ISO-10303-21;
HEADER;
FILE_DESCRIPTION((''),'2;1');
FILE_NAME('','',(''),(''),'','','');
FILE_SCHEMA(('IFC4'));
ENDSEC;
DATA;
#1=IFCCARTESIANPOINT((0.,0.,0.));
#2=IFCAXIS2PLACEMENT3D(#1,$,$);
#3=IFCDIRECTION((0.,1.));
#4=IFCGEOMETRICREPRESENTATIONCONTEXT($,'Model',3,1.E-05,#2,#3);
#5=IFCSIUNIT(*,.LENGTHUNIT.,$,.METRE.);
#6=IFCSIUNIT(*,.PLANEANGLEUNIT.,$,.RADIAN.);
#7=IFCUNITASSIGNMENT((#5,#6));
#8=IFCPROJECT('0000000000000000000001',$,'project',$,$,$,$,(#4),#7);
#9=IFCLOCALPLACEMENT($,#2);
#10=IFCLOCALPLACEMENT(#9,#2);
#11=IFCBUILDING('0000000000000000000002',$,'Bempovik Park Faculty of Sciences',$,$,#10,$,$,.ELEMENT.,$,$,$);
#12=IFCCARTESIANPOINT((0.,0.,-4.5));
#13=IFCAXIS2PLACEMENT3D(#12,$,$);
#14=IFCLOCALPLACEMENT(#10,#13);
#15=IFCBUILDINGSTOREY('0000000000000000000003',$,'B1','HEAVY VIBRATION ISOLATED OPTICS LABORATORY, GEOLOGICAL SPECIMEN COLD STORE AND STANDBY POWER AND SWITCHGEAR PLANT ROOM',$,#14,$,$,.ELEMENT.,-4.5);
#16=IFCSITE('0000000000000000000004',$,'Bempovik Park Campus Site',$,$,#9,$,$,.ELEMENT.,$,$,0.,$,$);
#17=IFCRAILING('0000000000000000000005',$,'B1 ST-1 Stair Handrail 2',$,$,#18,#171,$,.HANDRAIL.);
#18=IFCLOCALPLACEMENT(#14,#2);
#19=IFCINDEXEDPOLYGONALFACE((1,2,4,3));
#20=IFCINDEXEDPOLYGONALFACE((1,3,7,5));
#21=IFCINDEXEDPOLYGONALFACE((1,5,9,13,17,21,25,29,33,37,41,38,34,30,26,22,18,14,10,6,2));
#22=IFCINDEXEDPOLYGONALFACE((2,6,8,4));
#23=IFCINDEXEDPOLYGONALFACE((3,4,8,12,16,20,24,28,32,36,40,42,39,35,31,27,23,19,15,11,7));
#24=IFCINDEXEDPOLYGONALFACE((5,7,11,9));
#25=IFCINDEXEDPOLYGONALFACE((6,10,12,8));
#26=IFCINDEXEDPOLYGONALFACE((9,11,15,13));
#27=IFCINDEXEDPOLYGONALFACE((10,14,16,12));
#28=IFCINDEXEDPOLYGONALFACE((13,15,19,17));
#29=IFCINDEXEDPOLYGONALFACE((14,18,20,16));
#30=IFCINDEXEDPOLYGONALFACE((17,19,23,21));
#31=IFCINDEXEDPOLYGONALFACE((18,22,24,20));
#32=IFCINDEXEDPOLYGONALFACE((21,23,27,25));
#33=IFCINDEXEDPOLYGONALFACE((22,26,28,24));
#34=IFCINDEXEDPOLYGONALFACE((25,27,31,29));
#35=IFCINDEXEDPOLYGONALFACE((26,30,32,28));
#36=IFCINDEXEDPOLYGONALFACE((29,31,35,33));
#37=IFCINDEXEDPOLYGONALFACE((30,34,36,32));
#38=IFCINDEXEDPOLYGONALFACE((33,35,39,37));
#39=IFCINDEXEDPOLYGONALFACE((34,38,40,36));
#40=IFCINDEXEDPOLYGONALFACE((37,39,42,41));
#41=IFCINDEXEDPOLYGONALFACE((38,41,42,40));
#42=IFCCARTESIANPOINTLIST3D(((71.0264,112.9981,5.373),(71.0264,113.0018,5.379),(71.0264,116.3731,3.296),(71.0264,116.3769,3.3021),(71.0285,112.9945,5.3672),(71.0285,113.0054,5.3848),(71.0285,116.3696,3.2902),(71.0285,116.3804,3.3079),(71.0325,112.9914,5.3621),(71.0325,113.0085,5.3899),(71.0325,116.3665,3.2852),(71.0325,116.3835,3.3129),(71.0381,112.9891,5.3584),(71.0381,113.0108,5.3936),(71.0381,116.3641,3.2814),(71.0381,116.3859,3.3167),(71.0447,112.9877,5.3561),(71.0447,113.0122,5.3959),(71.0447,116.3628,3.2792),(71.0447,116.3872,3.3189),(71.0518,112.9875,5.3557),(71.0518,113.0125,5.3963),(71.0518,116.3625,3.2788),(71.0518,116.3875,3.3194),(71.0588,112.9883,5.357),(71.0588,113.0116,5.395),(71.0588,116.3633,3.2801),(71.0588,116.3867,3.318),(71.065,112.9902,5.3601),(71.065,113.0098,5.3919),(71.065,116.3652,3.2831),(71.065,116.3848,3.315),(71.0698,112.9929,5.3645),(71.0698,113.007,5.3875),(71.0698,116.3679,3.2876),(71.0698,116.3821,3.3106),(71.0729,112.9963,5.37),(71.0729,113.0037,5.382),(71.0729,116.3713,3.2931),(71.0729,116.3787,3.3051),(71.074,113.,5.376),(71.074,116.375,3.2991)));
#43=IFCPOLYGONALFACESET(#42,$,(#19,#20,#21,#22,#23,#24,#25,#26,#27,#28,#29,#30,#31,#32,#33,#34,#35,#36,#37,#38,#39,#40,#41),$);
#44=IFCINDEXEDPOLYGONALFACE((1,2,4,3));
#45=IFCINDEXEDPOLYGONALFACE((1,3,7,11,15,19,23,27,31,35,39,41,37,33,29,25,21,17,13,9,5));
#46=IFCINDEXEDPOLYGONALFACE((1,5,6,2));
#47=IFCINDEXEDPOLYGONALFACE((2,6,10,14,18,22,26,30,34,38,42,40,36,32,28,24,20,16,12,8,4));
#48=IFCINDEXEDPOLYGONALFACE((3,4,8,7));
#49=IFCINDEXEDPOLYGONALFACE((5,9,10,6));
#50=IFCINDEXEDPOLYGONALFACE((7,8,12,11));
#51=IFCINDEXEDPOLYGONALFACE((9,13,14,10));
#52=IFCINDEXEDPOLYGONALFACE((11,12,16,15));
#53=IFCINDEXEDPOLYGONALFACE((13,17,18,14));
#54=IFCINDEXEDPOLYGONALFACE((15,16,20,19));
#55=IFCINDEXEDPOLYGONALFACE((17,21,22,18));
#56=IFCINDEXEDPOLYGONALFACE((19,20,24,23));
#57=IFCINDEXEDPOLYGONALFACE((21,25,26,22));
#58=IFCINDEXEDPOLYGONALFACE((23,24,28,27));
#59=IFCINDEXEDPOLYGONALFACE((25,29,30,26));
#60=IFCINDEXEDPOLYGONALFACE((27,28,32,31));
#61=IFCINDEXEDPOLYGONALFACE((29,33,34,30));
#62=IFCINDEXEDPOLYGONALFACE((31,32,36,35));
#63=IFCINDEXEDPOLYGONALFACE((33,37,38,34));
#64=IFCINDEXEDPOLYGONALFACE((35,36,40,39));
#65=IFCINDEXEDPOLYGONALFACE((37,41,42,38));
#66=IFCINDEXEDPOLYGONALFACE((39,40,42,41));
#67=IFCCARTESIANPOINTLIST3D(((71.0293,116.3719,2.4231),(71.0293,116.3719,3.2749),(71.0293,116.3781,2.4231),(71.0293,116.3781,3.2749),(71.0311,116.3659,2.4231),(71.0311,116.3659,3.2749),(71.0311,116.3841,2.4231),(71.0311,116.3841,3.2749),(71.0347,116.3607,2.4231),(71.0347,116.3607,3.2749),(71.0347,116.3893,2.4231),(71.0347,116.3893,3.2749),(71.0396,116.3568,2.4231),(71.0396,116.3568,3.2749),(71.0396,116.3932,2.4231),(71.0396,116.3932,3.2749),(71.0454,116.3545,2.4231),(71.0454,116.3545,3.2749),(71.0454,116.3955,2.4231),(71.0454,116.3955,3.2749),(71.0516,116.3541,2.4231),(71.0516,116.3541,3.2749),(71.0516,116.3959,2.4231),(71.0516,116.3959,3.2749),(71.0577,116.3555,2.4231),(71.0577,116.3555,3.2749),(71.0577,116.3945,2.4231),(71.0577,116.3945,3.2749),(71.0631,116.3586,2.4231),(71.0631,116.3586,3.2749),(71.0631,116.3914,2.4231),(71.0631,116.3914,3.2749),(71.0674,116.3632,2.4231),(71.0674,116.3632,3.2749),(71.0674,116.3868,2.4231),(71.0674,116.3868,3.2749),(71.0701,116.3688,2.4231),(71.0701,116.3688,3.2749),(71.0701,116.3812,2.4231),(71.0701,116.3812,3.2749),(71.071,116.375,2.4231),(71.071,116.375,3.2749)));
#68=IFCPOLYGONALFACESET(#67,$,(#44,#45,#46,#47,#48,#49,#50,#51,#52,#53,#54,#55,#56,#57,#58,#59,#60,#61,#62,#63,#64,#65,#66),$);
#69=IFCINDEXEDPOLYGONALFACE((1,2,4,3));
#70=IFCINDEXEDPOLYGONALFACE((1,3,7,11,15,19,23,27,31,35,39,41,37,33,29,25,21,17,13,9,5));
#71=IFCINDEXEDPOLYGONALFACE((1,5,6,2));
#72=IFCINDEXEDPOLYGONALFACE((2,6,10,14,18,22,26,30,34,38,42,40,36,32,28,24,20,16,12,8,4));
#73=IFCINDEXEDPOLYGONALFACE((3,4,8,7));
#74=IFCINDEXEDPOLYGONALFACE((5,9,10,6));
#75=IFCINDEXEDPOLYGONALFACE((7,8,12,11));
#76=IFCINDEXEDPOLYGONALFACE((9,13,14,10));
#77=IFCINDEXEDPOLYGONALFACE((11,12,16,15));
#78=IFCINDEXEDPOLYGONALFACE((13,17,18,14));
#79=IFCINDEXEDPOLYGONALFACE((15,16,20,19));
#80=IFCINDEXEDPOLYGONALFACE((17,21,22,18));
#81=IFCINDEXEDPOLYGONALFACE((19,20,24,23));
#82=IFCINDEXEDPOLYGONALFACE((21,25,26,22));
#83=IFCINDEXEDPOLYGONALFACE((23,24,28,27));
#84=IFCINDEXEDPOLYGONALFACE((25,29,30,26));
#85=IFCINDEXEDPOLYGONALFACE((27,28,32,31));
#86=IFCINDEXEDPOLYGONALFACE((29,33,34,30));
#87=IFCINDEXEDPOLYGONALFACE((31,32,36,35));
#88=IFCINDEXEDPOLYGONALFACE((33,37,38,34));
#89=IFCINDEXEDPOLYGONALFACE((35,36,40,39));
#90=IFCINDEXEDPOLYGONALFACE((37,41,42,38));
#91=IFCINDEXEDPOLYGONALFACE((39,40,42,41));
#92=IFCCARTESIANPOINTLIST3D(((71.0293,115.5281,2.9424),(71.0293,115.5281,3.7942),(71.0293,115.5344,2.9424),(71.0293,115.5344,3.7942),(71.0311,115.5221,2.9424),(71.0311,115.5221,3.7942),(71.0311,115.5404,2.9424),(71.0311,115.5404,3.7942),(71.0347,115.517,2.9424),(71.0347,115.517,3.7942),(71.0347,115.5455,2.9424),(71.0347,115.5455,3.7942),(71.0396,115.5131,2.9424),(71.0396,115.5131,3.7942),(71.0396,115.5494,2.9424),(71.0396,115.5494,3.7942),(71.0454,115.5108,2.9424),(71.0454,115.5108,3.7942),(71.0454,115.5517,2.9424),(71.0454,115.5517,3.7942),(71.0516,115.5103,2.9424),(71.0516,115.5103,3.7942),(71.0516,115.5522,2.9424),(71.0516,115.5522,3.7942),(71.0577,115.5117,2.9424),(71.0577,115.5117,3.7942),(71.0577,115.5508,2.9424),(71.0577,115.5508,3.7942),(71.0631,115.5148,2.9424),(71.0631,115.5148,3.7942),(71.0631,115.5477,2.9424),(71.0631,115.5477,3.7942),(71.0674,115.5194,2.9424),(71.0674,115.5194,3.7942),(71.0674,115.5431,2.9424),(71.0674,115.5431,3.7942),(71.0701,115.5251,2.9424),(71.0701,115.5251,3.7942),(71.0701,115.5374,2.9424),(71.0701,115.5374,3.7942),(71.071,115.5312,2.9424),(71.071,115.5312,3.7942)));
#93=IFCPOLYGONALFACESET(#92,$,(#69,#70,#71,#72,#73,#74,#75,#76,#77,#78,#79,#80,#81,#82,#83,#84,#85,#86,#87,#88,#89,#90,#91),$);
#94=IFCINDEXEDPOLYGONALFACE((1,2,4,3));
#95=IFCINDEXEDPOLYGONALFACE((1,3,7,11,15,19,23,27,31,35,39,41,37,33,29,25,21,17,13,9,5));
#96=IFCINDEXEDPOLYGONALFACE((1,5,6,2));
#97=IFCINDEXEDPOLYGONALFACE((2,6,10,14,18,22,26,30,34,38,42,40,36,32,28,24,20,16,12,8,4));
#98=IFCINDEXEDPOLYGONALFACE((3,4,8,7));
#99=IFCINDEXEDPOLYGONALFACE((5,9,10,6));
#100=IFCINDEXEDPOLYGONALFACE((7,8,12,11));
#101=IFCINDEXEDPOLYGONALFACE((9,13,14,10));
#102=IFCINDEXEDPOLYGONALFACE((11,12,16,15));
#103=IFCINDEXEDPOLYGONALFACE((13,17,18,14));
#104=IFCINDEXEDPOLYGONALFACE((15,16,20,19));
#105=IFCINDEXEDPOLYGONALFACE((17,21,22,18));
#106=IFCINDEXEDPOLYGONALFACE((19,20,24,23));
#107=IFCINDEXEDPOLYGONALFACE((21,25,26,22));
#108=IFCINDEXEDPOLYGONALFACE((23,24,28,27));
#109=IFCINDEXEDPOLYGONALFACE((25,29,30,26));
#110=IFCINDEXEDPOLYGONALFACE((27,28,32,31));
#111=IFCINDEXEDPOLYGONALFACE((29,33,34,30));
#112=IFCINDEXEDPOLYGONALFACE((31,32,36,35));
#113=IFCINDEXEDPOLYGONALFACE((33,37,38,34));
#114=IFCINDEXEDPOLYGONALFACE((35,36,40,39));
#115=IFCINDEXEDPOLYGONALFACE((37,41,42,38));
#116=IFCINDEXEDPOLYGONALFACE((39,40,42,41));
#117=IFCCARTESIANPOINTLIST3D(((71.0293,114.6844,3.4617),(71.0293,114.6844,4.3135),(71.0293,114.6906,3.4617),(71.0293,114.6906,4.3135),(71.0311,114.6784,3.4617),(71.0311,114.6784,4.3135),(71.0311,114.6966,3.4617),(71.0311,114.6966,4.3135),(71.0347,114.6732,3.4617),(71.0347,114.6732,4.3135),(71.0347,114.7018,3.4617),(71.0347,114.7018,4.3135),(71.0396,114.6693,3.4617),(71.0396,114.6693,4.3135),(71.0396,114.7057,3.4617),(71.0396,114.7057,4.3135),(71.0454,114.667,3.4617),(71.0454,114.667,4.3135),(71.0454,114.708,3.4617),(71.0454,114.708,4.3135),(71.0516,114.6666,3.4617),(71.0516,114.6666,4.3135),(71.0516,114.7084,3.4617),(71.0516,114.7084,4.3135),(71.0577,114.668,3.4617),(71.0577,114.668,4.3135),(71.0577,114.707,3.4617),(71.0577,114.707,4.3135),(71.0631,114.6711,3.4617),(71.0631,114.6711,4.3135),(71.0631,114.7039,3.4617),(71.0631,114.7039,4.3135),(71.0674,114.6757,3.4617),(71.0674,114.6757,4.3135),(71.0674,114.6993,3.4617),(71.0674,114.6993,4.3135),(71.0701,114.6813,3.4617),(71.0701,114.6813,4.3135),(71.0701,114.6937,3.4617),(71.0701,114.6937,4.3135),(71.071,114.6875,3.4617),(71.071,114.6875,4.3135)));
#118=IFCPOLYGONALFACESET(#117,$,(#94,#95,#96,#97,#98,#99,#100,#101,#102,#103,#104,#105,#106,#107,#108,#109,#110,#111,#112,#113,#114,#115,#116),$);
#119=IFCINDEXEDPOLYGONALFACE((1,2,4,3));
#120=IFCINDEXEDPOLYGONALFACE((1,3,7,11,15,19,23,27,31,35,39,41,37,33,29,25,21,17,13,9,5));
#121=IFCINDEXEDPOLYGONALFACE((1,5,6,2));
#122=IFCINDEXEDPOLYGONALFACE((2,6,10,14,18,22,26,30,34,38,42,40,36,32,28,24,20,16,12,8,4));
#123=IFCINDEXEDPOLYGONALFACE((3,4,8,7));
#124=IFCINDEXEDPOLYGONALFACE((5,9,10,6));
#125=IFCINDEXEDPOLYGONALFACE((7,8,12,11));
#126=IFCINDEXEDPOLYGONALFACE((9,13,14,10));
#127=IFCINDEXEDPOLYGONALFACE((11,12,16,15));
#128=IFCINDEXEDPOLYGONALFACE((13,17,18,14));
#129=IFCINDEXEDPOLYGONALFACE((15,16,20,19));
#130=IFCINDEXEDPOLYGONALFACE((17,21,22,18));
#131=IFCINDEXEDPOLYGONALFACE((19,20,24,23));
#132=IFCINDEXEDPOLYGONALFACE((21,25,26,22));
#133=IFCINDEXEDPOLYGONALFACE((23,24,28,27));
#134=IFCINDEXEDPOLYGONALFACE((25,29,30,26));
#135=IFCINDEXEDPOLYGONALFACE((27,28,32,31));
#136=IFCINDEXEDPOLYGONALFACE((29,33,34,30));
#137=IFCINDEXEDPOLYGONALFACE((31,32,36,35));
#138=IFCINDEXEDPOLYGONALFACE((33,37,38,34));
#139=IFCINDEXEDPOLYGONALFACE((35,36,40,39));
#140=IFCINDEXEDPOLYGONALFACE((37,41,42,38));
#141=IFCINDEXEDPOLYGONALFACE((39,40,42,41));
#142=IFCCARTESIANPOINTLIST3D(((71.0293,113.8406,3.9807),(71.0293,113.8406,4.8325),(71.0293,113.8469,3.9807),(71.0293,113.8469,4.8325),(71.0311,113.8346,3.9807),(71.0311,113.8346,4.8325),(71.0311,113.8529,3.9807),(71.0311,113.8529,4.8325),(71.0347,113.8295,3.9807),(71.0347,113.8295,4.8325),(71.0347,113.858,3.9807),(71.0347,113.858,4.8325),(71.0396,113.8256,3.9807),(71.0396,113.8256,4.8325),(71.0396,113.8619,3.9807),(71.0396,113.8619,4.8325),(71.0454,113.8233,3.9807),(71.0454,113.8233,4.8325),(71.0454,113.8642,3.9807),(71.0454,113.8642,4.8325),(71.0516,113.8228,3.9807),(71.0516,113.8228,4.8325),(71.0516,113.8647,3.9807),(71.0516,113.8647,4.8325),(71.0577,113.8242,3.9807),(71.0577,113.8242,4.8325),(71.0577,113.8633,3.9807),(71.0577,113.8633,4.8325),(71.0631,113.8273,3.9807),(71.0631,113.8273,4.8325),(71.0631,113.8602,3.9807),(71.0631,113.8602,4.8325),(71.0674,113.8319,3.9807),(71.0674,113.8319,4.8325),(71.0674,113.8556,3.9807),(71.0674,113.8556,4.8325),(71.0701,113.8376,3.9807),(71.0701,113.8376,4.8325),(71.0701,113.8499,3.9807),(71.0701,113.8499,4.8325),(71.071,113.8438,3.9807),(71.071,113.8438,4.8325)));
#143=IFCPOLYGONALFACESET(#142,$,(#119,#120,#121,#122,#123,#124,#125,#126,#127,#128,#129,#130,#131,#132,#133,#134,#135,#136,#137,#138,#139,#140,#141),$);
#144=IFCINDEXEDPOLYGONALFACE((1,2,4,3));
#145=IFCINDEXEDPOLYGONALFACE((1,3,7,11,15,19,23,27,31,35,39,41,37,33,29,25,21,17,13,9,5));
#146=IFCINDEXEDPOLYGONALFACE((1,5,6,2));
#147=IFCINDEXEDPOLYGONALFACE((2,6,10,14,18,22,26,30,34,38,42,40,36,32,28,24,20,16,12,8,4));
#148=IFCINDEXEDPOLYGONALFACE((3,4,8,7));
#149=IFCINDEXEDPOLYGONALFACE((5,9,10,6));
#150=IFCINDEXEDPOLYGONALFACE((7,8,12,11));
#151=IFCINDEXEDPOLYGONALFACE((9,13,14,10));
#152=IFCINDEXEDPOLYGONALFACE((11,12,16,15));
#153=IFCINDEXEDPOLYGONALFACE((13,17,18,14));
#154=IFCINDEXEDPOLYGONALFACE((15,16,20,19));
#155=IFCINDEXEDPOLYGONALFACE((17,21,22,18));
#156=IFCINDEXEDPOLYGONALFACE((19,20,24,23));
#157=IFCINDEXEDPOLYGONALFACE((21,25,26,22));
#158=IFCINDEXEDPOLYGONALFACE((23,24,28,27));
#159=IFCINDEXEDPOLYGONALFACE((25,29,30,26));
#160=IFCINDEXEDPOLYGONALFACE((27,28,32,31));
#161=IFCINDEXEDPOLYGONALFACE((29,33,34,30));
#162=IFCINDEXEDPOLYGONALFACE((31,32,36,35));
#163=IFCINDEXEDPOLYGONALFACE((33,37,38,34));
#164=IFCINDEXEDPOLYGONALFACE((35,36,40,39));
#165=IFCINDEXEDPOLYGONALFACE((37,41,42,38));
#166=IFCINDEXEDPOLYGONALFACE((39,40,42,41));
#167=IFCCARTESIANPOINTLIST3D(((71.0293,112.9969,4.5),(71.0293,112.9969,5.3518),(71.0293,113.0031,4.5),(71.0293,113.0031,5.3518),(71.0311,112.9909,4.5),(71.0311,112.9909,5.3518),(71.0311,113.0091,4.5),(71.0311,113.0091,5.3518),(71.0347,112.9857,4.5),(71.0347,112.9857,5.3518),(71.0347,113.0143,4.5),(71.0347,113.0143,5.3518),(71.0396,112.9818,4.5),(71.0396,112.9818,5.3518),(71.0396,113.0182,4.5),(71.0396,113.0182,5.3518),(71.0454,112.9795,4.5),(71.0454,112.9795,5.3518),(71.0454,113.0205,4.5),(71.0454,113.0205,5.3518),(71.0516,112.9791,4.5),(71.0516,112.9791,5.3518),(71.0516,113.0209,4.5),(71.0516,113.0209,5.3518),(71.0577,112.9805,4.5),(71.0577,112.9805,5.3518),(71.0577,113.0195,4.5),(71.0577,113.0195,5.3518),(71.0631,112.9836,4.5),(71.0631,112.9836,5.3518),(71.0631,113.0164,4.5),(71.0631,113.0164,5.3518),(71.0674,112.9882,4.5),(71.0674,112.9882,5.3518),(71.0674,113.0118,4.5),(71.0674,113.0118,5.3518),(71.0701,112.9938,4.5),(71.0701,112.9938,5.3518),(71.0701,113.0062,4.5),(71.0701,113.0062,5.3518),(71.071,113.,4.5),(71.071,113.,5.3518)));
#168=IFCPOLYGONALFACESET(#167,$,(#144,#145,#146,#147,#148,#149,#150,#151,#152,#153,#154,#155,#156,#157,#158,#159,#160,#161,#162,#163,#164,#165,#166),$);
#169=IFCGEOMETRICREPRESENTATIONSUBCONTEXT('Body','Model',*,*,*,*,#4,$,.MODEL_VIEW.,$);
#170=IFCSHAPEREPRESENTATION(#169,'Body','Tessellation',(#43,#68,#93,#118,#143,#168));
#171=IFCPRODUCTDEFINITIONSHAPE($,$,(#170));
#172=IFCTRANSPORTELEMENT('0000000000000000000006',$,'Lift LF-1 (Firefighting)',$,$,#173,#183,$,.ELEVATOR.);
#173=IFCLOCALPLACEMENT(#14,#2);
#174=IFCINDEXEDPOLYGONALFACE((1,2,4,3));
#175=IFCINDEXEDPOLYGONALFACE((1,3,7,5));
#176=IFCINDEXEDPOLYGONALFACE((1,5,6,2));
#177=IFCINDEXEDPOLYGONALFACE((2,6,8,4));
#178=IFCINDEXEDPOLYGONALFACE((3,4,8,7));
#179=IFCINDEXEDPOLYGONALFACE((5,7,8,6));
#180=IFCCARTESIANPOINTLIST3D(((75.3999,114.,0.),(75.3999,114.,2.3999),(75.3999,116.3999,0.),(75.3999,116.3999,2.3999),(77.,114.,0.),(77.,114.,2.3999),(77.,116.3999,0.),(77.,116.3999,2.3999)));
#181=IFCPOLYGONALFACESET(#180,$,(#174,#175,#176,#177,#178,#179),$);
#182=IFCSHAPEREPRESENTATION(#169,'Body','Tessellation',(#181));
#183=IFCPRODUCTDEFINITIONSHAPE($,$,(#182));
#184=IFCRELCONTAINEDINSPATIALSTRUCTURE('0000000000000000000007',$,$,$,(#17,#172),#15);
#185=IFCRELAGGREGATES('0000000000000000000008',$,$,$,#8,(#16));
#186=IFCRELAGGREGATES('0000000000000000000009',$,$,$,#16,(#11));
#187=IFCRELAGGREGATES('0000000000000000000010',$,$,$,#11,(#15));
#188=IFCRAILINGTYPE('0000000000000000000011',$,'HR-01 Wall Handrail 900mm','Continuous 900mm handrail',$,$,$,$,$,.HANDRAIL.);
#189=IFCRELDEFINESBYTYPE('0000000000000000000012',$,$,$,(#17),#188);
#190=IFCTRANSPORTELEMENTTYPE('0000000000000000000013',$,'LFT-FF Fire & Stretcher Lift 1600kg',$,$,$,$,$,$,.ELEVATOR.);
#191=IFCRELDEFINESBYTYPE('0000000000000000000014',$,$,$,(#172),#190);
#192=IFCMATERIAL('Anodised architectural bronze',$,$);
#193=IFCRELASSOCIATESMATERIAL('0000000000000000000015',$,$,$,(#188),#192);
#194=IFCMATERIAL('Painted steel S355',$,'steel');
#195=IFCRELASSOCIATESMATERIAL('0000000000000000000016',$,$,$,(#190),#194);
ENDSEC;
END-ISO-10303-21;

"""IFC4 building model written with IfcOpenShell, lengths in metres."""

from ifc_helpers import new_model, si_unit, direction, frame, origin, origin_2d, place, context, subcontext, project, spatial, rectangle, circle, extrude, material, type_object, element, save


model = new_model("IFC4")

# Units and contexts
model_context = context("Model", 3, precision=1e-05, world=origin(), true_north=direction((0.0, 1.0)))
body_context = subcontext(model_context, "Body", "Model", "MODEL_VIEW")
ifc_project = project(units=[si_unit("LENGTHUNIT", "METRE"), si_unit("PLANEANGLEUNIT", "RADIAN")], contexts=[model_context])

# Site, building, storey
site_placement = place(None, origin())
site = spatial("IfcSite", under=ifc_project, at=site_placement, Name="Bempovik Park Campus Site", CompositionType="ELEMENT", RefElevation=0.0)
building_placement = place(site_placement, origin())
building = spatial("IfcBuilding", under=site, at=building_placement, Name="Bempovik Park Faculty of Sciences", CompositionType="ELEMENT")
storey_placement = place(building_placement, frame((0.0, 0.0, -4.5)))
storey = spatial("IfcBuildingStorey", under=building, at=storey_placement, Name="B1", Description="HEAVY VIBRATION ISOLATED OPTICS LABORATORY, GEOLOGICAL SPECIMEN COLD STORE AND STANDBY POWER AND SWITCHGEAR PLANT ROOM", CompositionType="ELEMENT", Elevation=-4.5)

# Shared definitions
ifc_material_1 = material(Name="Painted steel S355", Category="steel")

# Railing
ifc_material_2 = material(Name="Anodised architectural bronze")
railing_type_1 = type_object("IfcRailingType", Name="HR-01 Wall Handrail 900mm", Description="Continuous 900mm handrail", PredefinedType="HANDRAIL", material=ifc_material_2)
railing_1_placement = place(storey_placement, frame((71.05, 116.375, 2.4231)))
element("IfcRailing", 1, at=railing_1_placement, inside=storey, type_object=railing_type_1, Name="B1 ST-1 Stair Handrail 2", PredefinedType="HANDRAIL", context=body_context, shape_type="SweptSolid", body=[
    extrude(circle(Radius=0.0239, at=origin_2d()), frame((0.0, 0.0, 0.876), z_axis=(0.0, -0.85166, 0.524094), x_axis=(1.0, 0.0, 0.0)), (0.0, 0.0, 1.0), 3.9629),
    extrude(circle(Radius=0.021, at=origin_2d()), origin(), (0.0, 0.0, 1.0), 0.8518),
    extrude(circle(Radius=0.021, at=origin_2d()), frame((0.0, -0.8438, 0.5193)), (0.0, 0.0, 1.0), 0.8518),
    extrude(circle(Radius=0.021, at=origin_2d()), frame((0.0, -1.6875, 1.0386)), (0.0, 0.0, 1.0), 0.8518),
    extrude(circle(Radius=0.021, at=origin_2d()), frame((0.0, -2.5312, 1.5576)), (0.0, 0.0, 1.0), 0.8518),
    extrude(circle(Radius=0.021, at=origin_2d()), frame((0.0, -3.375, 2.0769)), (0.0, 0.0, 1.0), 0.8518),
])

# Transport element
transport_element_type = type_object("IfcTransportElementType", Name="LFT-FF Fire & Stretcher Lift 1600kg", PredefinedType="ELEVATOR", material=ifc_material_1)
transport_element_placement = place(storey_placement, frame((76.2, 115.2, 0.0), z_axis=(0.0, 0.0, 1.0), x_axis=(1.0, 0.0, 0.0)))
element("IfcTransportElement", 2, at=transport_element_placement, inside=storey, type_object=transport_element_type, Name="Lift LF-1 (Firefighting)", PredefinedType="ELEVATOR", context=body_context, shape_type="SweptSolid", body=[
    extrude(rectangle(XDim=1.6001, YDim=2.3999, at=origin_2d()), origin(), (0.0, 0.0, 1.0), 2.3999),
])

save(model, "model.ifc")
